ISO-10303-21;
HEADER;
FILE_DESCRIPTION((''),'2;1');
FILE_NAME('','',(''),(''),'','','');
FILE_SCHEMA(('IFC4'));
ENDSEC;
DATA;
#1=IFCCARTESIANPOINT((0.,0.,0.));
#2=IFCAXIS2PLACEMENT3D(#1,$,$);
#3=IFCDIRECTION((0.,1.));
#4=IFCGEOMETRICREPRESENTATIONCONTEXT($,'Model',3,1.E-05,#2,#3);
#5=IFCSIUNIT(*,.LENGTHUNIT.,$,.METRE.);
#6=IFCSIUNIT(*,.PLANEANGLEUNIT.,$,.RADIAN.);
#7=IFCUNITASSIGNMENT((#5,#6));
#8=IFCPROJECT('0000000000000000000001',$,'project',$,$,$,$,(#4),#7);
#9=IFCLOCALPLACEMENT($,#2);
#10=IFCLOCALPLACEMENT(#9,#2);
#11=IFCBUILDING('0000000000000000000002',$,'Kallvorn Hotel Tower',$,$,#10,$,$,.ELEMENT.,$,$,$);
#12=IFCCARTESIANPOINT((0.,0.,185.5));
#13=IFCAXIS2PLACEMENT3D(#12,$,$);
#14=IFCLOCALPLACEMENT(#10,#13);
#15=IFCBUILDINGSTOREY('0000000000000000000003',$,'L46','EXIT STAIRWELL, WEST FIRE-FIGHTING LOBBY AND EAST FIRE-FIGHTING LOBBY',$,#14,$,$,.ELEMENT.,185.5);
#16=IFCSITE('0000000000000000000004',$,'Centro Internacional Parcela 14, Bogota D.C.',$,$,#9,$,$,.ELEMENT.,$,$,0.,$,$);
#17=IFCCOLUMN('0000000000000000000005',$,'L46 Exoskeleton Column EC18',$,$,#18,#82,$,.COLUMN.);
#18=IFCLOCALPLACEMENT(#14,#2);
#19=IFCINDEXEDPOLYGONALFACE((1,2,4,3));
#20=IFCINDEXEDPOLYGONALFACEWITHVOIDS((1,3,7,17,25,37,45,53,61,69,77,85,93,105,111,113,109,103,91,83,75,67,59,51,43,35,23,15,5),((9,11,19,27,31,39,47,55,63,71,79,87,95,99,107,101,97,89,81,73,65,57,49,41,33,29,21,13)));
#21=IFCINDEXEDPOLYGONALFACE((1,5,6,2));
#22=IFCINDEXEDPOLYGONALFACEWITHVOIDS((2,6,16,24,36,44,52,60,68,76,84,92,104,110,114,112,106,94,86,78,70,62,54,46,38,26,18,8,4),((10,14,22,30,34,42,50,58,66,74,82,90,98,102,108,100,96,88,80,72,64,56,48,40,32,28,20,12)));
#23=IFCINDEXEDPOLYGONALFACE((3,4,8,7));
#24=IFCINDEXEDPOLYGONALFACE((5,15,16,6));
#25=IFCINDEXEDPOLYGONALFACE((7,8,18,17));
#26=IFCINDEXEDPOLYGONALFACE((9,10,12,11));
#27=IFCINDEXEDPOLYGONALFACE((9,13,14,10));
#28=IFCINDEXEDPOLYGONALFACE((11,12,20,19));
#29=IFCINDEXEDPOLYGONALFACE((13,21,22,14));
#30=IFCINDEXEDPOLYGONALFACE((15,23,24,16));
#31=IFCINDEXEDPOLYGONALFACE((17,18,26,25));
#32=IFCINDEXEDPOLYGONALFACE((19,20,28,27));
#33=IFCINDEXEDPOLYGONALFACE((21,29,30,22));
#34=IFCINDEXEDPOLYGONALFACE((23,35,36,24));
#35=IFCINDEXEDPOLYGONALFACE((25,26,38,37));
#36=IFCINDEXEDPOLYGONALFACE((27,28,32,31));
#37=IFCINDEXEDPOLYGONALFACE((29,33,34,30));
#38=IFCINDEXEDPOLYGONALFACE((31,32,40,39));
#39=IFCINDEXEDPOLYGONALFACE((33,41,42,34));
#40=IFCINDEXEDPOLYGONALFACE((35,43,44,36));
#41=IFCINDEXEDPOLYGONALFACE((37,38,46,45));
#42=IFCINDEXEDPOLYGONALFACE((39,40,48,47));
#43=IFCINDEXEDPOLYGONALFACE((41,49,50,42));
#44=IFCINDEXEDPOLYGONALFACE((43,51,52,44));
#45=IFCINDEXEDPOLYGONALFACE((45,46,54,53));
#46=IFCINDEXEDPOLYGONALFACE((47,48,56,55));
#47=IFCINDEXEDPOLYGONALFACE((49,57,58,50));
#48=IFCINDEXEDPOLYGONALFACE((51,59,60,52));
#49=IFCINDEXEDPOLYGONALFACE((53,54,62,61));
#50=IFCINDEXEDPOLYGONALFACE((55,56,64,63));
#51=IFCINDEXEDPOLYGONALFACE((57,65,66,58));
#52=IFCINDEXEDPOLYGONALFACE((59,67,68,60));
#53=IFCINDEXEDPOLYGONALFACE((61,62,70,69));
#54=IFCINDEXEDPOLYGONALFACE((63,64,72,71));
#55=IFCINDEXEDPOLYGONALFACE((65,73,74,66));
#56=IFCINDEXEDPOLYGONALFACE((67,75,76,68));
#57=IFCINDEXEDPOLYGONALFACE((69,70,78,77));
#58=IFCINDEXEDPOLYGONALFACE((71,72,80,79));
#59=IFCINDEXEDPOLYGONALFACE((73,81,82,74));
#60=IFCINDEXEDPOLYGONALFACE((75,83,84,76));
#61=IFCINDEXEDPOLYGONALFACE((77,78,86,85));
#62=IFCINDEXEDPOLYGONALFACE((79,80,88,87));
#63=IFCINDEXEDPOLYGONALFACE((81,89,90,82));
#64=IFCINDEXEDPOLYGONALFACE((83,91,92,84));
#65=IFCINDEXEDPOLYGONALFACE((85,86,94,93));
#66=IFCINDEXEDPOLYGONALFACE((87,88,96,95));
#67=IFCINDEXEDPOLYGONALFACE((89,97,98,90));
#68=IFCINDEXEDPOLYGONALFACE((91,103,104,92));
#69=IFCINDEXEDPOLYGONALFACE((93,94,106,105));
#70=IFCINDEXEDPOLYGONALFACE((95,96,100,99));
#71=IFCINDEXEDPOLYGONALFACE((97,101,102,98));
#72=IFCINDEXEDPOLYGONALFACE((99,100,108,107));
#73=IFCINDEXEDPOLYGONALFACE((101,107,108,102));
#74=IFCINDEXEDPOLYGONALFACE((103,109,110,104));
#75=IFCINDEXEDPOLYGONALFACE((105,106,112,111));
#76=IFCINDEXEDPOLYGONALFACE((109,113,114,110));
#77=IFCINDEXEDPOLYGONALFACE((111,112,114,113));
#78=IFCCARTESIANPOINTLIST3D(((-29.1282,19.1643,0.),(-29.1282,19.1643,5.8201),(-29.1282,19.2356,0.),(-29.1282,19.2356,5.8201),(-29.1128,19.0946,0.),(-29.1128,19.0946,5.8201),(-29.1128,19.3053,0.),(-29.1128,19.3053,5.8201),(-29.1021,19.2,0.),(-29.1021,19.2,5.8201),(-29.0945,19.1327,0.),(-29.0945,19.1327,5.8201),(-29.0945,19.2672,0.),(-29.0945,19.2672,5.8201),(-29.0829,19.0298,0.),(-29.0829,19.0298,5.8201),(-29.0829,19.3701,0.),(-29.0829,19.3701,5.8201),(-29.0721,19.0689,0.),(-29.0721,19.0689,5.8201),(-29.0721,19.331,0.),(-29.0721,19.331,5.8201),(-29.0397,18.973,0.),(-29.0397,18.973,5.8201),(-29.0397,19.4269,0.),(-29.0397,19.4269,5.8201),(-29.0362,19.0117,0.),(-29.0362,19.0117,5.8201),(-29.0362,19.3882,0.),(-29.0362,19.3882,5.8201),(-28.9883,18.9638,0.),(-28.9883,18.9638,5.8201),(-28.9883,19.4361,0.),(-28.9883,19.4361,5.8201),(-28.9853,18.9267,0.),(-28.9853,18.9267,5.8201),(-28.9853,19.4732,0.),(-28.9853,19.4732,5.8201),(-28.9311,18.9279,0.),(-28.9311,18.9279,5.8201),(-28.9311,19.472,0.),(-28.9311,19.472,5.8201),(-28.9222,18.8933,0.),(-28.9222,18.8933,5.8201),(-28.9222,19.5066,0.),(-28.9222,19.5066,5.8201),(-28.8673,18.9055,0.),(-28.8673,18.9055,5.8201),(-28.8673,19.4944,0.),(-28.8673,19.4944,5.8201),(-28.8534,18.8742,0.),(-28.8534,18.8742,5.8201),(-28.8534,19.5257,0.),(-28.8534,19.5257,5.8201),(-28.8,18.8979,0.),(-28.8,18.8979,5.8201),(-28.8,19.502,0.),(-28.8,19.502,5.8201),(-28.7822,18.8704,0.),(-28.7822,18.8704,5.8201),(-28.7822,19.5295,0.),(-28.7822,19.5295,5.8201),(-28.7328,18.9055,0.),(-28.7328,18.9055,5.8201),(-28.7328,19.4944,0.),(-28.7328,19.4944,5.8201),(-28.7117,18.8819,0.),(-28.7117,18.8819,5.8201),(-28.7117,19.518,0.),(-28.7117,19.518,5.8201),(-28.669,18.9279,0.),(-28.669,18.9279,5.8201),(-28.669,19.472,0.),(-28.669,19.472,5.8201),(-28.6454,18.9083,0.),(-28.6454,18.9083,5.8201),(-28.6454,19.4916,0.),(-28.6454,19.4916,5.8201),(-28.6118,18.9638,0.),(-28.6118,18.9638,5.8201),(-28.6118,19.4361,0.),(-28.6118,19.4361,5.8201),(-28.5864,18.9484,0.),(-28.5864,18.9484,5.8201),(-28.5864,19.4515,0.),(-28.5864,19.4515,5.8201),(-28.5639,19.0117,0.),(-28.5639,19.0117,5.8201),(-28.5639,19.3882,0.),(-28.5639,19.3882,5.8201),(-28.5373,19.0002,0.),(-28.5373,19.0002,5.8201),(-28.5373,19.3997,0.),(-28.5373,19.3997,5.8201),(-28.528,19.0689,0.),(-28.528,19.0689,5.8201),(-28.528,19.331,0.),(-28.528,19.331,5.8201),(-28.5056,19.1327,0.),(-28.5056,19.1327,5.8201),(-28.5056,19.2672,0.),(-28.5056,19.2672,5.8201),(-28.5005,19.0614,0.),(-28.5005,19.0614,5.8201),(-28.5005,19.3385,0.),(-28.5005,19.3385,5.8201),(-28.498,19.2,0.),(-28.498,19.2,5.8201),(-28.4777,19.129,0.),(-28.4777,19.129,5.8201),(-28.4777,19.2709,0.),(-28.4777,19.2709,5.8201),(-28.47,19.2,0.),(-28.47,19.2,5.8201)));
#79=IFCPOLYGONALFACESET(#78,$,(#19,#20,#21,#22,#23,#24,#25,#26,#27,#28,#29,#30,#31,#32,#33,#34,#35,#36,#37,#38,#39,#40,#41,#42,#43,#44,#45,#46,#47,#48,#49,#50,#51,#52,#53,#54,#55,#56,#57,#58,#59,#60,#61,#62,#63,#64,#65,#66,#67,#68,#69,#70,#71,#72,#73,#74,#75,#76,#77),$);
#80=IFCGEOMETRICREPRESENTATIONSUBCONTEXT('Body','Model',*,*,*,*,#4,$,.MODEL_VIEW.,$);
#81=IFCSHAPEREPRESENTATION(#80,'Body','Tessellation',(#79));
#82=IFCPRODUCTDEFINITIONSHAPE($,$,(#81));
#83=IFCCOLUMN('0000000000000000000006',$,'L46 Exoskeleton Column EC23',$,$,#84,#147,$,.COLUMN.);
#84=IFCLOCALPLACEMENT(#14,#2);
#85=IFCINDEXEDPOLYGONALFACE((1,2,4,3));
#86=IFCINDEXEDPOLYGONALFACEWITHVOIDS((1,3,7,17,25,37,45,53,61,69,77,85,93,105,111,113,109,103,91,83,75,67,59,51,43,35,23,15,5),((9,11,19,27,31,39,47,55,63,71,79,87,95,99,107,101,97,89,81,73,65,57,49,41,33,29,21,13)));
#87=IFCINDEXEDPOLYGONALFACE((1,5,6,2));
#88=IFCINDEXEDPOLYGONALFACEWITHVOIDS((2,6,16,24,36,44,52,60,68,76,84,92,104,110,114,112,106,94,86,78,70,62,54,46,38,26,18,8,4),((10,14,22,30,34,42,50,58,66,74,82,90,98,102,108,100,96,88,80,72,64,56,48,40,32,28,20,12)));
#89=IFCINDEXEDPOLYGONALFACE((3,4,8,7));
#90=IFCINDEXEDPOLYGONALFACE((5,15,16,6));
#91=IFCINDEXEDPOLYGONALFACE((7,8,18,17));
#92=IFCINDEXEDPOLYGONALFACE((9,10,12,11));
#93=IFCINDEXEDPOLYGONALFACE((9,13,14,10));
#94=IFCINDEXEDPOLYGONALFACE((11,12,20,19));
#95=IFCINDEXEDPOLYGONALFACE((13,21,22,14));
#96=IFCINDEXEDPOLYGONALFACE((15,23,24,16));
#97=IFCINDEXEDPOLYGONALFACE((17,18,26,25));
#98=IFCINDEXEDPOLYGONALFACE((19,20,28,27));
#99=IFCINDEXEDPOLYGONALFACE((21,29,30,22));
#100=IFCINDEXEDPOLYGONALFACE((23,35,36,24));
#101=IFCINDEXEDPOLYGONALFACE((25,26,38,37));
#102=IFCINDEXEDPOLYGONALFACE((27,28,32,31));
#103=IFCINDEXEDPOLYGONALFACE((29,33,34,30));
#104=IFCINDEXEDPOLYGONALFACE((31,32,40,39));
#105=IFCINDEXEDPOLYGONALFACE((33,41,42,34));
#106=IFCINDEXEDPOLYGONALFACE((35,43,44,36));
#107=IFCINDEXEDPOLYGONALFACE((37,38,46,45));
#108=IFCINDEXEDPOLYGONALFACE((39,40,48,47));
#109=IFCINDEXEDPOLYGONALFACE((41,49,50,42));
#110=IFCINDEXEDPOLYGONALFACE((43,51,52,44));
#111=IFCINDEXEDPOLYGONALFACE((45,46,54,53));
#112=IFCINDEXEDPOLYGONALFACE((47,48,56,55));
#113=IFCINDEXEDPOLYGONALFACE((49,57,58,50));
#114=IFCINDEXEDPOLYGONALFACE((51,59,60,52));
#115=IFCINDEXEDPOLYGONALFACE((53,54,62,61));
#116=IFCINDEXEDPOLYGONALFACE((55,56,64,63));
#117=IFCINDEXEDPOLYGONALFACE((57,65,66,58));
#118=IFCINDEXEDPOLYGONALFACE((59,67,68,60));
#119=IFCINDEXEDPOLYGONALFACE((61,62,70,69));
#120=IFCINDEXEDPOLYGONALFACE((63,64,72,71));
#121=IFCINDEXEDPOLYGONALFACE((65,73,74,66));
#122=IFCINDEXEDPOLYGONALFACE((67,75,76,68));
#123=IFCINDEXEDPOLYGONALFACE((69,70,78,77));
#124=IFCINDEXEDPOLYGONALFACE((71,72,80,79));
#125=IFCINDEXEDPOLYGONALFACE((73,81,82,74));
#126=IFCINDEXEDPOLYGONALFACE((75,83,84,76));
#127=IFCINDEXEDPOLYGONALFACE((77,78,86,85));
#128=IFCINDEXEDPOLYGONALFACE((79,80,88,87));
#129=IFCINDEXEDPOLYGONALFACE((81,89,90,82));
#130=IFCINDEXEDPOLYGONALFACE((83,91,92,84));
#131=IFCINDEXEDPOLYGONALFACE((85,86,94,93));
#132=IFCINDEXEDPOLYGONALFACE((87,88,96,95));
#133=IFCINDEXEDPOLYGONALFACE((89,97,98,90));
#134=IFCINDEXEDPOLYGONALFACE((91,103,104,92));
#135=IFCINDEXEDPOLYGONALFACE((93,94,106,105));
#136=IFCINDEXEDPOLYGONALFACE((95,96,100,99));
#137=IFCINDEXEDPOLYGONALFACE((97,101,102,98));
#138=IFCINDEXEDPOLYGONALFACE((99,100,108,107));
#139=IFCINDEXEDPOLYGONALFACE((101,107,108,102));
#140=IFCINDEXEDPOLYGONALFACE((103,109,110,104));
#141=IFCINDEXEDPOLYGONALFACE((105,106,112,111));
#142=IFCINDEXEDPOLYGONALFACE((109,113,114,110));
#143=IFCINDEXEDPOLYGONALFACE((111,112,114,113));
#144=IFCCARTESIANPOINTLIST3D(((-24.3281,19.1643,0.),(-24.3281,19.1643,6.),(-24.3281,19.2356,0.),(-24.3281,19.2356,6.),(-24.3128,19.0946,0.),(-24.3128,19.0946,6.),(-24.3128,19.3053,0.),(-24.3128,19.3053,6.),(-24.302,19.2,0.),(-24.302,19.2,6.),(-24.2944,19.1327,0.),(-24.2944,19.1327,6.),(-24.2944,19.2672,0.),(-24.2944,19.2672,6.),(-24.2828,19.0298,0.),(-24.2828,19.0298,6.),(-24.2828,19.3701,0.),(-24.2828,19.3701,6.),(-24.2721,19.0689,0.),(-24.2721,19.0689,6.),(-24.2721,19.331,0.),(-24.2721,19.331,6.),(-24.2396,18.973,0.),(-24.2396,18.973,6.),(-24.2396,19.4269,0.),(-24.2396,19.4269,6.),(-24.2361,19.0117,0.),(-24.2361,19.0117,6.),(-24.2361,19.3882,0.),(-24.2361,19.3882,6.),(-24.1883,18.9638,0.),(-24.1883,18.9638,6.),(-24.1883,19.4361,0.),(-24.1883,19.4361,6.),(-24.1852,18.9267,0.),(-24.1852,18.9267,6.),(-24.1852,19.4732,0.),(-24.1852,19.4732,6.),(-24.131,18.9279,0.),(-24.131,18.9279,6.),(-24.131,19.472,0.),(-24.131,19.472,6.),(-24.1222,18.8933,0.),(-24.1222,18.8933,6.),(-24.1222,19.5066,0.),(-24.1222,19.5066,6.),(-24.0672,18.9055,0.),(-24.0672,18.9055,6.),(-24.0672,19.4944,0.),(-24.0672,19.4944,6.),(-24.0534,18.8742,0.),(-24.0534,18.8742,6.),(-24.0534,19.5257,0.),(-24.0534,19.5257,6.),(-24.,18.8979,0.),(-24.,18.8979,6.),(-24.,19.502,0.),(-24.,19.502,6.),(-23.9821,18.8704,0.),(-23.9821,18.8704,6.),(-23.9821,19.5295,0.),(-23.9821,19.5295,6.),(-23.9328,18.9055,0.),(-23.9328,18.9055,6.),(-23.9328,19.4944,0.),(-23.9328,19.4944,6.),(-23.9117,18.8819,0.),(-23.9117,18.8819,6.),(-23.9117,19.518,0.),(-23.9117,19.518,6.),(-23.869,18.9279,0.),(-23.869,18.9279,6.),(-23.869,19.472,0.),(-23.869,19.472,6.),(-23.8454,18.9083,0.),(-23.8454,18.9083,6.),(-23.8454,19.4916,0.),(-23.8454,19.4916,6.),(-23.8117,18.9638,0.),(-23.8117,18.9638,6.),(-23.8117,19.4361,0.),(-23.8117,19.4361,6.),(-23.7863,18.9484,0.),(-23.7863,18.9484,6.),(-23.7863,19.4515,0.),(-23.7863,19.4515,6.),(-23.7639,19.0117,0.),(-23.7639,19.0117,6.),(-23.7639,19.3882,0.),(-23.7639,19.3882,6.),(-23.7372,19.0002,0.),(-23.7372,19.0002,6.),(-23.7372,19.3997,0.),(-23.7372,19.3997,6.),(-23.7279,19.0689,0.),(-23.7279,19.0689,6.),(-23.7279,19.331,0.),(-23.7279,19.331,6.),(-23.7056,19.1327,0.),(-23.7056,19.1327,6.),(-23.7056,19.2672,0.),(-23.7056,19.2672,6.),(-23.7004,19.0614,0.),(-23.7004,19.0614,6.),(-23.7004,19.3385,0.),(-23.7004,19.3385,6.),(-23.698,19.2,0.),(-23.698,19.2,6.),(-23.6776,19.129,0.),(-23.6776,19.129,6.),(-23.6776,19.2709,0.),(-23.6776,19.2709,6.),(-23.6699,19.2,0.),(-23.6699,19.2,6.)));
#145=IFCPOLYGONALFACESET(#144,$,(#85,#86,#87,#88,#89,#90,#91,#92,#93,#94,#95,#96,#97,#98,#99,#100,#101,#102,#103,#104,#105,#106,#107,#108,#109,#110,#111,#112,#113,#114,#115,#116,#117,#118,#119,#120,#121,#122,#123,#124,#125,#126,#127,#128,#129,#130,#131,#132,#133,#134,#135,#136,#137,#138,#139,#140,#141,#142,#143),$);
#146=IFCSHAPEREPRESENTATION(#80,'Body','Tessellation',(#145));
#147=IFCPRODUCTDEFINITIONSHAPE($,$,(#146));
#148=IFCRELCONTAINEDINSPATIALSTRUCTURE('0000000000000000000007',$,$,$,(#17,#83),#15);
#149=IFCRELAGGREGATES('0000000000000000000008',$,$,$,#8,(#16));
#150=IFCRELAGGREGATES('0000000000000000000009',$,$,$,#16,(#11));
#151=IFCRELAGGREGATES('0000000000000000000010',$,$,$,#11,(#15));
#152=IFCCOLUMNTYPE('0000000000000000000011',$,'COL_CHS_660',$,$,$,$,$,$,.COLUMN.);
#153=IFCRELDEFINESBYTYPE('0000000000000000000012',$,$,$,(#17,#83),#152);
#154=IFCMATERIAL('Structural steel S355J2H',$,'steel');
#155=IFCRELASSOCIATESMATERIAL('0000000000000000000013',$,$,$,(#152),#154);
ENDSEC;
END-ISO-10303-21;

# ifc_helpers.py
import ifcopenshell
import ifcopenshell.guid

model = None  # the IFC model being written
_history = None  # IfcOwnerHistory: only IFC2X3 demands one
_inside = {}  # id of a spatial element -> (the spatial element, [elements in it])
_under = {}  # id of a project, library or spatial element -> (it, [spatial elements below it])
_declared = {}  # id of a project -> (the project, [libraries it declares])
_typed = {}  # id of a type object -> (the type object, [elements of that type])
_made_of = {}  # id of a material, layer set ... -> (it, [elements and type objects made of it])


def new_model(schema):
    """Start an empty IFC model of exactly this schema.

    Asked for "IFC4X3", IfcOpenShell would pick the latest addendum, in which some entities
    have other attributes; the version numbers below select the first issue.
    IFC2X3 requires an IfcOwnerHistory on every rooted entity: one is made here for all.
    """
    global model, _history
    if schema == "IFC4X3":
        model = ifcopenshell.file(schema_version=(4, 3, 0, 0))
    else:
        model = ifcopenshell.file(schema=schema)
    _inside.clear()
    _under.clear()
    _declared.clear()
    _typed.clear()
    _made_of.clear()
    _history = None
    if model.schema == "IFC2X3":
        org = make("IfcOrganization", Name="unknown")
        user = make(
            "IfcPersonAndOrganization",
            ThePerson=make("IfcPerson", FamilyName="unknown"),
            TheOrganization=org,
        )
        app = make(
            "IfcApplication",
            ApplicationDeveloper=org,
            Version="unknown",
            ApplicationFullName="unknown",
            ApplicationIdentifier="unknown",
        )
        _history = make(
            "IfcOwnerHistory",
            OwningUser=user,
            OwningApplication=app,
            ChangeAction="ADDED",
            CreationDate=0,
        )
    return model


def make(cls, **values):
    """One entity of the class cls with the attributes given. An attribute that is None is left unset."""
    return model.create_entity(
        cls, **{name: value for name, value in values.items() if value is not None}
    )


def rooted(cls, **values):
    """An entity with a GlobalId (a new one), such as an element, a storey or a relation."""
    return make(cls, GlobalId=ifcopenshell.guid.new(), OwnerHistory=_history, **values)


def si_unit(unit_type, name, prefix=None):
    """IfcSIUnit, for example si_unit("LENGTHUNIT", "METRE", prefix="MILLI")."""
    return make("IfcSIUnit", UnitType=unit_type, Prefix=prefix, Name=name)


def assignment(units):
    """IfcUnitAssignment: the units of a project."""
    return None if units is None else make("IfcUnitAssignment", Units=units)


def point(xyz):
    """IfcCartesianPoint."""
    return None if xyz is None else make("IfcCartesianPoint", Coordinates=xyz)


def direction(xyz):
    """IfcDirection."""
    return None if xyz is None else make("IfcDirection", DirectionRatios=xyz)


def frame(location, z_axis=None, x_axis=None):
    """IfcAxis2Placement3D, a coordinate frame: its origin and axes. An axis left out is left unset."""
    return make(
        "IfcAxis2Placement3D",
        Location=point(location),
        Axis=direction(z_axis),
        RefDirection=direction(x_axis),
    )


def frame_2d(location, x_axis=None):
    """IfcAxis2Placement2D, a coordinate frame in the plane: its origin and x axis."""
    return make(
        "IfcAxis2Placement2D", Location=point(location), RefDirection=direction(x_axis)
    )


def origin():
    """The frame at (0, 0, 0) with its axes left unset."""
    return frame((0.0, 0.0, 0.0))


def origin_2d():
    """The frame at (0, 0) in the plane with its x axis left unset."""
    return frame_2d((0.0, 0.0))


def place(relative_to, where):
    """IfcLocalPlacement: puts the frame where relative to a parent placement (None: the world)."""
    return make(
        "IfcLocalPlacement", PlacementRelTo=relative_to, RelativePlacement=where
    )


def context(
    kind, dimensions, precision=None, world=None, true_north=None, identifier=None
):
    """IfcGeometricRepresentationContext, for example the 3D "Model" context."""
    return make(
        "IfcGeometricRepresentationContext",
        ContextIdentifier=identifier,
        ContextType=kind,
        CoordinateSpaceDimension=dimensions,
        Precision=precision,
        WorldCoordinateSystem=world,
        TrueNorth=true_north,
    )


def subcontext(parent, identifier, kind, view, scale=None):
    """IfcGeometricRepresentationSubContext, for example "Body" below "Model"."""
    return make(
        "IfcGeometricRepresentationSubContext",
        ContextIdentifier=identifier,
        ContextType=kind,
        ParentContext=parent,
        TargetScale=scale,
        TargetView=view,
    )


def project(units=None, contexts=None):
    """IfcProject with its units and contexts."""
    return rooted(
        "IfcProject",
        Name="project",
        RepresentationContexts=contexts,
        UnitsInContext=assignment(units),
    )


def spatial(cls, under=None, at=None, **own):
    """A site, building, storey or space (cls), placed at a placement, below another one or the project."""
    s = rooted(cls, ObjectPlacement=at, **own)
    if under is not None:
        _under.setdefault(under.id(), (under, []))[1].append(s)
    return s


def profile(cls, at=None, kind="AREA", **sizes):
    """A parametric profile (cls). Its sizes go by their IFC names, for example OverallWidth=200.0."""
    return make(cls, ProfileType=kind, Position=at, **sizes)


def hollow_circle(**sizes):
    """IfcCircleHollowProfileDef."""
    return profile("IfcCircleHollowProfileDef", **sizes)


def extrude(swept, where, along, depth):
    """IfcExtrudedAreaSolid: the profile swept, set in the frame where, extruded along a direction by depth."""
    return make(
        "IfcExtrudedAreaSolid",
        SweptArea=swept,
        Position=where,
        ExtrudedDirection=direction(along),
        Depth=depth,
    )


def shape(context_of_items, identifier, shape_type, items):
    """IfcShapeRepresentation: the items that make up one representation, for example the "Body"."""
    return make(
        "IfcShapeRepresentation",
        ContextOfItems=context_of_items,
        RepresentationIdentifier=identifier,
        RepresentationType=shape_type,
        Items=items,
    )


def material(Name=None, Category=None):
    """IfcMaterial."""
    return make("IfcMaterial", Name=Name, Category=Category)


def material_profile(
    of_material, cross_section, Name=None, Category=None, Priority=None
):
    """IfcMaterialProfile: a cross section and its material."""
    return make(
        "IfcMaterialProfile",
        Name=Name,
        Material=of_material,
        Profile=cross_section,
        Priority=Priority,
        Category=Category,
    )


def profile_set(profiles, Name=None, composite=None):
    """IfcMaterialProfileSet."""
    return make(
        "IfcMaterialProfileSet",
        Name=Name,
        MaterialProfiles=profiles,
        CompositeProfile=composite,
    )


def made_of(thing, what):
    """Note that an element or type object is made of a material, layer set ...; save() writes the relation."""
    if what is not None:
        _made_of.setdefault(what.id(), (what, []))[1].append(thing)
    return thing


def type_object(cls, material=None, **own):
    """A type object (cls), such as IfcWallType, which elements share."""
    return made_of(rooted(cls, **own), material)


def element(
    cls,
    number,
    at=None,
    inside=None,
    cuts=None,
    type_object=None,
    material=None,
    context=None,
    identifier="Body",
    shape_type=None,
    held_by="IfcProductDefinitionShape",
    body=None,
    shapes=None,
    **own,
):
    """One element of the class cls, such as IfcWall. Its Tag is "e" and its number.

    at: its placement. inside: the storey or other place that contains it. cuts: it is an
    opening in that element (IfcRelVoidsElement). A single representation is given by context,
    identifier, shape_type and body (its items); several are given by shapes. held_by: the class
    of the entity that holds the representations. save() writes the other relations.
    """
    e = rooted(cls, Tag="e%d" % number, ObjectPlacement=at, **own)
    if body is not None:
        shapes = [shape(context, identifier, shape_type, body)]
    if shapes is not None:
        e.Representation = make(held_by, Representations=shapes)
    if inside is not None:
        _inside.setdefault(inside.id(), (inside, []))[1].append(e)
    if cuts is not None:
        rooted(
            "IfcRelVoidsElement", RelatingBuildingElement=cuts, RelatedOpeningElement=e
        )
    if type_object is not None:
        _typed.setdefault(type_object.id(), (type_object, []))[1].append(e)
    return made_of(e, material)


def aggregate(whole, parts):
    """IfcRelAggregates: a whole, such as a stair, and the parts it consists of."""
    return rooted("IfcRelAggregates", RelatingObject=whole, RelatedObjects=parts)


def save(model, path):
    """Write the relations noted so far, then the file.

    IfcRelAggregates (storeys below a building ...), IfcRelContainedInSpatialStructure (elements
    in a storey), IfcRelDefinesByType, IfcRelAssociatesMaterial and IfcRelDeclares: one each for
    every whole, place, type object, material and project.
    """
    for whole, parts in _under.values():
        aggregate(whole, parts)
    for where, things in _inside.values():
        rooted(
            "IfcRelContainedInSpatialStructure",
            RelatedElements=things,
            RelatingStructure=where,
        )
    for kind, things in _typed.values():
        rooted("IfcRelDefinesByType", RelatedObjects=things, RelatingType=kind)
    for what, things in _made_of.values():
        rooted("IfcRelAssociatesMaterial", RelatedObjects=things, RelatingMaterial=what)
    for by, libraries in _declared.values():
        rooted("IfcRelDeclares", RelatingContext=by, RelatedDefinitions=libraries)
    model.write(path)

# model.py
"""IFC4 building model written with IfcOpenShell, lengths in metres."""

from ifc_helpers import new_model, si_unit, direction, frame, origin, origin_2d, place, context, subcontext, project, spatial, hollow_circle, extrude, material, material_profile, profile_set, type_object, element, save


model = new_model("IFC4")

# Units and contexts
model_context = context("Model", 3, precision=1e-05, world=origin(), true_north=direction((0.0, 1.0)))
body_context = subcontext(model_context, "Body", "Model", "MODEL_VIEW")
ifc_project = project(units=[si_unit("LENGTHUNIT", "METRE"), si_unit("PLANEANGLEUNIT", "RADIAN")], contexts=[model_context])

# Site, building, storey
site_placement = place(None, origin())
site = spatial("IfcSite", under=ifc_project, at=site_placement, Name="Centro Internacional Parcela 14, Bogota D.C.", CompositionType="ELEMENT", RefElevation=0.0)
building_placement = place(site_placement, origin())
building = spatial("IfcBuilding", under=site, at=building_placement, Name="Kallvorn Hotel Tower", CompositionType="ELEMENT")
storey_placement = place(building_placement, frame((0.0, 0.0, 185.5)))
storey = spatial("IfcBuildingStorey", under=building, at=storey_placement, Name="L46", Description="EXIT STAIRWELL, WEST FIRE-FIGHTING LOBBY AND EAST FIRE-FIGHTING LOBBY", CompositionType="ELEMENT", Elevation=185.5)

# Columns
ifc_material_1 = material(Name="Structural steel S355J2H", Category="steel")
ifc_material_profile_1 = material_profile(ifc_material_1, hollow_circle(Radius=0.3301, WallThickness=0.0281, at=origin_2d()), Name="CHS 660x28")
ifc_profile_set_1 = profile_set([ifc_material_profile_1], Name="Structural steel S355J2H")
column_type_1 = type_object("IfcColumnType", Name="COL_CHS_660", PredefinedType="COLUMN", material=ifc_profile_set_1)
column_1_placement = place(storey_placement, frame((-28.8, 19.2, 0.0), z_axis=(0.0, 0.0, 1.0), x_axis=(1.0, 0.0, 0.0)))
element("IfcColumn", 1, at=column_1_placement, inside=storey, type_object=column_type_1, Name="L46 Exoskeleton Column EC18", PredefinedType="COLUMN", context=body_context, shape_type="SweptSolid", body=[
    extrude(hollow_circle(Radius=0.3301, WallThickness=0.0281, at=origin_2d()), origin(), (0.0, 0.0, 1.0), 5.8201),
])
for number, where, z_axis, x_axis, name in (
    (2, (-24.0, 19.2, 0.0), (0.0, 0.0, 1.0), (1.0, 0.0, 0.0), "L46 Exoskeleton Column EC23"),
):
    element("IfcColumn", number, at=place(storey_placement, frame(where, z_axis=z_axis, x_axis=x_axis)), inside=storey, type_object=column_type_1, Name=name, PredefinedType="COLUMN", context=body_context, shape_type="SweptSolid", body=[
        extrude(hollow_circle(Radius=0.3301, WallThickness=0.0281, at=origin_2d()), origin(), (0.0, 0.0, 1.0), 6.0),
    ])

save(model, "model.ifc")
